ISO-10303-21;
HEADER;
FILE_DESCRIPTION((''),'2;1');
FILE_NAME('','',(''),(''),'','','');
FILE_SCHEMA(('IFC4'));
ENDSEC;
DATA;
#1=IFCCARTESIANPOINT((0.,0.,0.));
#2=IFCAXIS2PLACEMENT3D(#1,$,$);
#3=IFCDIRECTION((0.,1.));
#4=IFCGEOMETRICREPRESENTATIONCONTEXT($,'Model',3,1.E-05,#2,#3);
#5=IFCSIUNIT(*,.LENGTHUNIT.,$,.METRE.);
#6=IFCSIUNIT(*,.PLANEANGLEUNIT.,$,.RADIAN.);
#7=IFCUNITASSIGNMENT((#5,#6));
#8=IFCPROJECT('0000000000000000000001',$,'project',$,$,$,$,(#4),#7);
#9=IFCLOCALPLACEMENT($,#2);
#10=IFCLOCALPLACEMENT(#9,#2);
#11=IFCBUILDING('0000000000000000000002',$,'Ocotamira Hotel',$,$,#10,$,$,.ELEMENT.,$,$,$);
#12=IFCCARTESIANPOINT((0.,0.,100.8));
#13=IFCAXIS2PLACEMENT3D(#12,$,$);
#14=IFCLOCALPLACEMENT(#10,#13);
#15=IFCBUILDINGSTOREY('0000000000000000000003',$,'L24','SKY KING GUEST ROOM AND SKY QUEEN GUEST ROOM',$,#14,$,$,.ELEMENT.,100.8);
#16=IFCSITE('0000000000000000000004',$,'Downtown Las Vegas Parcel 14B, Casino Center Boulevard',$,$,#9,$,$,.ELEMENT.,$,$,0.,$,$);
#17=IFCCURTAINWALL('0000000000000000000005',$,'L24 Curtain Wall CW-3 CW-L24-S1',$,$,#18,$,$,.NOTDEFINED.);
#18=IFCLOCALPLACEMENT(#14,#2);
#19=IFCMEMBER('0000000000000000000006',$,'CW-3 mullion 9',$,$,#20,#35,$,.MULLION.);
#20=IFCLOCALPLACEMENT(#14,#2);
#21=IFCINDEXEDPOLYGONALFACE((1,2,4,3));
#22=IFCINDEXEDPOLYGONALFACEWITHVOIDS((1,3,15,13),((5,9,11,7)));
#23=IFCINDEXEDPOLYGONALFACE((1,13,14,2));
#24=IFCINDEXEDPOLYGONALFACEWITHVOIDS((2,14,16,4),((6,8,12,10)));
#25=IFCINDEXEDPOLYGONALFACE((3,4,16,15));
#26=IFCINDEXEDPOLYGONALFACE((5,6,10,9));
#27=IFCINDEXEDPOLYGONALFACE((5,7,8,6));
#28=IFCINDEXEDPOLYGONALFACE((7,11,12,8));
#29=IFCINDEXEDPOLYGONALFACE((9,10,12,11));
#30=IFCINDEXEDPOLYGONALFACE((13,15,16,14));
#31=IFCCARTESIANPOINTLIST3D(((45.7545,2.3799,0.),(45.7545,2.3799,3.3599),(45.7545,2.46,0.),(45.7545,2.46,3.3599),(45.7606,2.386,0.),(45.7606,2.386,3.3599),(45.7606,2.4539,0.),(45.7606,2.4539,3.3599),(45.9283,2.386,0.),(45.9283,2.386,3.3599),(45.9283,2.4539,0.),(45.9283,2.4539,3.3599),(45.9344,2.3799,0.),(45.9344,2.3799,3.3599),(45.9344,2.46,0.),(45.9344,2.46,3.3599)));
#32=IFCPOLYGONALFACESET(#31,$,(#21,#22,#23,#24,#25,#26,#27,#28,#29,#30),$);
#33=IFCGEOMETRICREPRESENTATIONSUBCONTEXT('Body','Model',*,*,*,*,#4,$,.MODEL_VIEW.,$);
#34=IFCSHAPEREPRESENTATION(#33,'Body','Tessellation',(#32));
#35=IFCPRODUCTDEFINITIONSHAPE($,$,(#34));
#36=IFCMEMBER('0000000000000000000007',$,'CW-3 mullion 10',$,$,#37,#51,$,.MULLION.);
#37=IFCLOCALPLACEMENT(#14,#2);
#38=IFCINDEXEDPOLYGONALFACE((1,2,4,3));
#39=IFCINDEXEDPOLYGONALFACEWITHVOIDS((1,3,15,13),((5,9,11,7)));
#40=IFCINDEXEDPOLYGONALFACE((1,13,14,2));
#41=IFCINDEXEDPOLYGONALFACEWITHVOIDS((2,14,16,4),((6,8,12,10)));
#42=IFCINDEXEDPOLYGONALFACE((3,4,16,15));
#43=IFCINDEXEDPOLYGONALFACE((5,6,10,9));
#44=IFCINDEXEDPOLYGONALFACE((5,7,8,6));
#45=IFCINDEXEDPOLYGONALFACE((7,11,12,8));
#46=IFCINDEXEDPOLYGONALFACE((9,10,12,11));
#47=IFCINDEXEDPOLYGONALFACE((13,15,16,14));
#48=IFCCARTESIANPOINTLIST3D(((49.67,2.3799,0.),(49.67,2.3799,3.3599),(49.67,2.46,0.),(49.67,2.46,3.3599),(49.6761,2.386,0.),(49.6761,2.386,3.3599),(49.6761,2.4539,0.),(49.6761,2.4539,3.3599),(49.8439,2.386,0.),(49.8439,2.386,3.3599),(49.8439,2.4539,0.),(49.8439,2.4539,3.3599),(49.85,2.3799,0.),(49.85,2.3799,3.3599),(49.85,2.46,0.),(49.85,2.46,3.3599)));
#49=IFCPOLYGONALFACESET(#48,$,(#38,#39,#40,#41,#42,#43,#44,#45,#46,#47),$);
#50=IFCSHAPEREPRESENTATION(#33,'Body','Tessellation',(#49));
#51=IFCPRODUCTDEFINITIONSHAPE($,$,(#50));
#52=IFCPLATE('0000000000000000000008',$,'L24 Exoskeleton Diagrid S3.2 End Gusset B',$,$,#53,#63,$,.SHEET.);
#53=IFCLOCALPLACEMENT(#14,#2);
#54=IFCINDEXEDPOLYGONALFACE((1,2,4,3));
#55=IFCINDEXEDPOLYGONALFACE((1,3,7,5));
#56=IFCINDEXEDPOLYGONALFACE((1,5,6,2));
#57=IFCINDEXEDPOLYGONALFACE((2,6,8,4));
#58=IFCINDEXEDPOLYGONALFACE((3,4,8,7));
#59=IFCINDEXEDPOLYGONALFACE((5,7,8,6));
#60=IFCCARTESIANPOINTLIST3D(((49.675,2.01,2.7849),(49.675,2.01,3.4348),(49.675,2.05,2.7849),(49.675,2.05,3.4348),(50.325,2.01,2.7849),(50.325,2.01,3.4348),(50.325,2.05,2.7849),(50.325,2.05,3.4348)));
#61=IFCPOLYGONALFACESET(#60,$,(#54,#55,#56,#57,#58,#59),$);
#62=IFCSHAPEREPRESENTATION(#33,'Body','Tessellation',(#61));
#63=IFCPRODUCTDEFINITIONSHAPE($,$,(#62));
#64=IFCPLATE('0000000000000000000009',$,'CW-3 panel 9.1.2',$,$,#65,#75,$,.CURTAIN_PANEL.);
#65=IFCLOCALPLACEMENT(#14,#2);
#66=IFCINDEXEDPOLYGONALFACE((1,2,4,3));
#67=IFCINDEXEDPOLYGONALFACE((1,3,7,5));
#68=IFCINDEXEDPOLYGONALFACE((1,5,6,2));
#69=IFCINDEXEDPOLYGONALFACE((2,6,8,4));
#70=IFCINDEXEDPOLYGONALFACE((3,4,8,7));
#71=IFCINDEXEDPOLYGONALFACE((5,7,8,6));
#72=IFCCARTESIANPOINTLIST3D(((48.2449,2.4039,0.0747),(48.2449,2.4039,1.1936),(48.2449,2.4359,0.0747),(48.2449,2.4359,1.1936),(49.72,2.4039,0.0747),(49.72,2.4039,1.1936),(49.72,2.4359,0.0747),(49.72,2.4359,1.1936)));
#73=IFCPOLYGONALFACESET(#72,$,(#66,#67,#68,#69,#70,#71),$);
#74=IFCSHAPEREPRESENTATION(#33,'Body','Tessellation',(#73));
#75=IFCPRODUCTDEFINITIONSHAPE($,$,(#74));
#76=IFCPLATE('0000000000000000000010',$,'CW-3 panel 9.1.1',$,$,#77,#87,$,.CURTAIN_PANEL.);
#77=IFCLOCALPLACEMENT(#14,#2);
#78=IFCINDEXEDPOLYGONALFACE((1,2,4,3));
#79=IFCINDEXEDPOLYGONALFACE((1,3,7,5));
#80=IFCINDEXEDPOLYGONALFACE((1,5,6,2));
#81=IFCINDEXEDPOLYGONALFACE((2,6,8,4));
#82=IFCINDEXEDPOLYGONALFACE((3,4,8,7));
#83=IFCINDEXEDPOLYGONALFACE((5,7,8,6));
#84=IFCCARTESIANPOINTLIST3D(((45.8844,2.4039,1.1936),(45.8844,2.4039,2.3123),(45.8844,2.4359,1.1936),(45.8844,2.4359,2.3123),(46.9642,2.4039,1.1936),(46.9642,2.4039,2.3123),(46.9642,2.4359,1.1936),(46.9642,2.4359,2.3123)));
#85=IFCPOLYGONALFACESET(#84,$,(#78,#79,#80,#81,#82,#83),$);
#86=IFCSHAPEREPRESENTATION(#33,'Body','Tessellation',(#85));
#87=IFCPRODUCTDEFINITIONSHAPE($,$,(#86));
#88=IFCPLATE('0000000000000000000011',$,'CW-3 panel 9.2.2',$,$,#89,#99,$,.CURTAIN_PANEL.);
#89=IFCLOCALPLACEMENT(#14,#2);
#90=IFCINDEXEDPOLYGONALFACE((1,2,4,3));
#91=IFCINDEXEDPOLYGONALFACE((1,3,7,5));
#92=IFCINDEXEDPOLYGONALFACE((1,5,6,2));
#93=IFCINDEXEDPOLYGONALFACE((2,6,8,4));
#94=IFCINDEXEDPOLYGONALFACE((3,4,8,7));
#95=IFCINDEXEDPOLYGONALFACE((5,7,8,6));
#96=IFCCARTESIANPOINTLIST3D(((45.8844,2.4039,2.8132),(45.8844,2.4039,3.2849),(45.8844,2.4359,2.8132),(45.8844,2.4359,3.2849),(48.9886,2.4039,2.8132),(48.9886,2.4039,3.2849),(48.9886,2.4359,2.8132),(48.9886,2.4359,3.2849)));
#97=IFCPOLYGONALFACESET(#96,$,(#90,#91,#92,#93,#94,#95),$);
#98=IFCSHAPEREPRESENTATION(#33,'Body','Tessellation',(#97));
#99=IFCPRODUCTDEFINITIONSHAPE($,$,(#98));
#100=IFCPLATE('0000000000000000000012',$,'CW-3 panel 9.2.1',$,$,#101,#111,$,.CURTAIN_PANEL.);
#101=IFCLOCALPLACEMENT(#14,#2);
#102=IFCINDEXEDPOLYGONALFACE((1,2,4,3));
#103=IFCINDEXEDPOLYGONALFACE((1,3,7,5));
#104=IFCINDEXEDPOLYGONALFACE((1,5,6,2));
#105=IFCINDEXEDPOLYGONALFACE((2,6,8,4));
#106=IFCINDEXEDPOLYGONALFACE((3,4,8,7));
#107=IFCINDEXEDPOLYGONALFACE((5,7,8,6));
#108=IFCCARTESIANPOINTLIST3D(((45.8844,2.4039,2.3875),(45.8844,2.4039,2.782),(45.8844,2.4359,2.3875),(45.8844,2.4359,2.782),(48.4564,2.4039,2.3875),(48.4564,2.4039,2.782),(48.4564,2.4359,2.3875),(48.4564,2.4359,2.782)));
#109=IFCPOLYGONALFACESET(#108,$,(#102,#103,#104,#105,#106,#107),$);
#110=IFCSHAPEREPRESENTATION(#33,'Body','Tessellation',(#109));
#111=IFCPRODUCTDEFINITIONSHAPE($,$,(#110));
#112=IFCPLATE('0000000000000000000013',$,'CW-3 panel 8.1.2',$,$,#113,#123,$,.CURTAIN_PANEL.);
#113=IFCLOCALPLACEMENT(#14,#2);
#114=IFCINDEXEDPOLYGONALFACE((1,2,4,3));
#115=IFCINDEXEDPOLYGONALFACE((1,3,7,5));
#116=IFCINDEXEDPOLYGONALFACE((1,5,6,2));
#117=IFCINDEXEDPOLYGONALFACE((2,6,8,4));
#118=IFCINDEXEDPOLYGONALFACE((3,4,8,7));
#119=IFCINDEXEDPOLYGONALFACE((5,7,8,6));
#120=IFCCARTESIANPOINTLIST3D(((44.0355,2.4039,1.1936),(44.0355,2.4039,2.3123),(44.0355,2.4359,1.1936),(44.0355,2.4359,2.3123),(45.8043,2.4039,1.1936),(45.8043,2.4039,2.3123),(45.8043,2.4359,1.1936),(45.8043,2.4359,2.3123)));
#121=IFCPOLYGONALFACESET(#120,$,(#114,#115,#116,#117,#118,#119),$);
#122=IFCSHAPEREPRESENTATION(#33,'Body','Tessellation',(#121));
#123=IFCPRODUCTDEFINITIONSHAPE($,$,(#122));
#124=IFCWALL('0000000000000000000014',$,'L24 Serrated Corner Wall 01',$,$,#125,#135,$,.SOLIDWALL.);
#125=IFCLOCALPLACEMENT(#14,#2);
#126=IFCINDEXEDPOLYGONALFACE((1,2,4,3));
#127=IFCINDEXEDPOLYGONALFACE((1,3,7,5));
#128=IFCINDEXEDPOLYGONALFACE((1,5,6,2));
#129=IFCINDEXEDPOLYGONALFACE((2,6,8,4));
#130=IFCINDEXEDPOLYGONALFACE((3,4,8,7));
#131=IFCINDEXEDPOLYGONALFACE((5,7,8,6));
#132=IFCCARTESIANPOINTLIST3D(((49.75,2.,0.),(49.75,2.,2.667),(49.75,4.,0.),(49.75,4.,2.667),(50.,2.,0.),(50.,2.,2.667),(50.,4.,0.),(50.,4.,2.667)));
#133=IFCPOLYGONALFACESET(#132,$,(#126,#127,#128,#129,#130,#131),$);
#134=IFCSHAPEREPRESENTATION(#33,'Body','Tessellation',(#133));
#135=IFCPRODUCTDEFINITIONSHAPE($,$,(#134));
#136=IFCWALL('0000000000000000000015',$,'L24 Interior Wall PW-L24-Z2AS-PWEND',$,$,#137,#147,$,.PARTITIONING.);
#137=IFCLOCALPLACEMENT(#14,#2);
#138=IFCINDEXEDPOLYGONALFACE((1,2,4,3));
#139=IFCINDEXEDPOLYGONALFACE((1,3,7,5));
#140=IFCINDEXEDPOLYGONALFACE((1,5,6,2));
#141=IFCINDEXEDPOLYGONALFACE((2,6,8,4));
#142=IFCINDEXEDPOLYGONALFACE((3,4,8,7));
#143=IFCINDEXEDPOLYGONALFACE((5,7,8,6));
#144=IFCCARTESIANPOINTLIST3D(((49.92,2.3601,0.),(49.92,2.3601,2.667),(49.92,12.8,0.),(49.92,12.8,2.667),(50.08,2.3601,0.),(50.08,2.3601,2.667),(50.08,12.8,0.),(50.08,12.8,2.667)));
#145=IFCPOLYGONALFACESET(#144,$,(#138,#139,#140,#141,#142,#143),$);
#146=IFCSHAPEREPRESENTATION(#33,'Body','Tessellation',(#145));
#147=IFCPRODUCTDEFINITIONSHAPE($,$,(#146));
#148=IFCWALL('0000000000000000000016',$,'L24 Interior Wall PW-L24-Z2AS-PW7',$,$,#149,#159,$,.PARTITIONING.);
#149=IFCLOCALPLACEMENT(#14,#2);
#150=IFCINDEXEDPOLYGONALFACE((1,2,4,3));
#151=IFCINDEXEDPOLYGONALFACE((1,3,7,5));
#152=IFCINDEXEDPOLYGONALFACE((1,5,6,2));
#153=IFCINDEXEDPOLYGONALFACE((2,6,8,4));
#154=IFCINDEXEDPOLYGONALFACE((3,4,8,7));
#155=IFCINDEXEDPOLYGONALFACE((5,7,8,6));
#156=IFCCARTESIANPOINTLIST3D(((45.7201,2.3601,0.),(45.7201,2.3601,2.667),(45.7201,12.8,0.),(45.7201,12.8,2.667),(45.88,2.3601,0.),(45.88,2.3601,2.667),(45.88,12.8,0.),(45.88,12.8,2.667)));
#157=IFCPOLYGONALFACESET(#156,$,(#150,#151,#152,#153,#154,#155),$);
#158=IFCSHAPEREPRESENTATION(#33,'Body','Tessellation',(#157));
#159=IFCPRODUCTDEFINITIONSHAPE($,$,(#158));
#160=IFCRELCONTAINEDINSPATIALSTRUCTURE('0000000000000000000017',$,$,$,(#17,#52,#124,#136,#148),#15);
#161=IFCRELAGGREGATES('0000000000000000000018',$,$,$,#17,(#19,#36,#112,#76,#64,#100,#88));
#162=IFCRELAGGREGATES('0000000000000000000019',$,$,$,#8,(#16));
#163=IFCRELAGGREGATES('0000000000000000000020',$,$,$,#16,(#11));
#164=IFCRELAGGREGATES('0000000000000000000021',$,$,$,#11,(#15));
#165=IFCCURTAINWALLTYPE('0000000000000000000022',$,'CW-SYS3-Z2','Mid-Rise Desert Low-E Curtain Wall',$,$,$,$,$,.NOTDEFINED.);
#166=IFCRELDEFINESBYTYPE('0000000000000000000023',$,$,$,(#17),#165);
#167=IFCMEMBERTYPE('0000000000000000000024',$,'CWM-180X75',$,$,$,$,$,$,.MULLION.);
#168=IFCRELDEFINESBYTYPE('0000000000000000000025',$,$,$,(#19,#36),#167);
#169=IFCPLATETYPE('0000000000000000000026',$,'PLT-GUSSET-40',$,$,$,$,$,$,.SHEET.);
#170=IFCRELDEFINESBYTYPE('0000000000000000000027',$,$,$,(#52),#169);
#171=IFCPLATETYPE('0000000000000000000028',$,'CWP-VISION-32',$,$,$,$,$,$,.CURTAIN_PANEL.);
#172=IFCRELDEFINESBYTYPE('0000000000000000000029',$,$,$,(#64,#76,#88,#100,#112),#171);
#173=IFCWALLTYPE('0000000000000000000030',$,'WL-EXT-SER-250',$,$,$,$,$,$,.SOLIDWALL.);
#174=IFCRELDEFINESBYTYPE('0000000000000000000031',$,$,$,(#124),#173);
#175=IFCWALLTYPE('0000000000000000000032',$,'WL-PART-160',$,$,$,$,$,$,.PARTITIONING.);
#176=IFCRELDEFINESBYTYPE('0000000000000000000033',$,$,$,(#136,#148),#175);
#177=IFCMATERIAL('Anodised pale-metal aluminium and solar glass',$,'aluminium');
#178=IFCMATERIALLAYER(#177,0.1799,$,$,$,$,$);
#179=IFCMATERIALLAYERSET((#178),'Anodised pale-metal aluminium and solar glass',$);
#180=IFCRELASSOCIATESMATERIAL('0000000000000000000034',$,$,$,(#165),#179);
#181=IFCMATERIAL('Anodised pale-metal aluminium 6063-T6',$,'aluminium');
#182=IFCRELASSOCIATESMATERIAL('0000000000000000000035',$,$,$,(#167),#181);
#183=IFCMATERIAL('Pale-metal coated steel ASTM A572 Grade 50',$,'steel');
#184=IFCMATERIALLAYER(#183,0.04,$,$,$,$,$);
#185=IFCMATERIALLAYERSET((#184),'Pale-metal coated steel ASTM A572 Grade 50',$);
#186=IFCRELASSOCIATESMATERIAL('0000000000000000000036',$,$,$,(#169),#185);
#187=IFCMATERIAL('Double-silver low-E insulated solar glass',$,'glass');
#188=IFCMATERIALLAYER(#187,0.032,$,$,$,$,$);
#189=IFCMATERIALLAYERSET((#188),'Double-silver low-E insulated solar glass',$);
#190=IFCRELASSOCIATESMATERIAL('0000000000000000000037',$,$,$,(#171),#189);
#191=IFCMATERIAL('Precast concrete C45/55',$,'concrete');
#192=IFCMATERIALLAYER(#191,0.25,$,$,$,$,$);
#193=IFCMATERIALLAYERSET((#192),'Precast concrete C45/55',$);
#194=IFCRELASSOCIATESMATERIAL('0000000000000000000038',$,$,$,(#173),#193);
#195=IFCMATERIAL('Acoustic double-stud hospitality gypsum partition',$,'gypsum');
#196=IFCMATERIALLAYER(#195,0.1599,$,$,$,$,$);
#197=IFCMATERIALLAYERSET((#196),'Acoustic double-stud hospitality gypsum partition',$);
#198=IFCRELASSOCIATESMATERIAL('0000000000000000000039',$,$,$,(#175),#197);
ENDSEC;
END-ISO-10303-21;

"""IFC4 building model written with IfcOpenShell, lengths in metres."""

from ifc_helpers import new_model, si_unit, direction, frame, frame_2d, origin, origin_2d, place, context, subcontext, project, spatial, rectangle, hollow_rectangle, extrude, source, transform, mapped, material, layer, layer_set, material_profile, profile_set, type_object, element, aggregate, save


model = new_model("IFC4")

# Units and contexts
model_context = context("Model", 3, precision=1e-05, world=origin(), true_north=direction((0.0, 1.0)))
body_context = subcontext(model_context, "Body", "Model", "MODEL_VIEW")
ifc_project = project(units=[si_unit("LENGTHUNIT", "METRE"), si_unit("PLANEANGLEUNIT", "RADIAN")], contexts=[model_context])

# Site, building, storey
site_placement = place(None, origin())
site = spatial("IfcSite", under=ifc_project, at=site_placement, Name="Downtown Las Vegas Parcel 14B, Casino Center Boulevard", CompositionType="ELEMENT", RefElevation=0.0)
building_placement = place(site_placement, origin())
building = spatial("IfcBuilding", under=site, at=building_placement, Name="Ocotamira Hotel", CompositionType="ELEMENT")
storey_placement = place(building_placement, frame((0.0, 0.0, 100.8)))
storey = spatial("IfcBuildingStorey", under=building, at=storey_placement, Name="L24", Description="SKY KING GUEST ROOM AND SKY QUEEN GUEST ROOM", CompositionType="ELEMENT", Elevation=100.8)

# Curtain wall, members
ifc_material_1 = material(Name="Anodised pale-metal aluminium and solar glass", Category="aluminium")
ifc_layer_1 = layer(ifc_material_1, 0.1799)
ifc_layer_set_1 = layer_set([ifc_layer_1], Name="Anodised pale-metal aluminium and solar glass")
curtain_wall_type = type_object("IfcCurtainWallType", Name="CW-SYS3-Z2", Description="Mid-Rise Desert Low-E Curtain Wall", PredefinedType="NOTDEFINED", material=ifc_layer_set_1)
curtain_wall_placement = place(storey_placement, origin())
curtain_wall = element("IfcCurtainWall", 1, at=curtain_wall_placement, inside=storey, type_object=curtain_wall_type, Name="L24 Curtain Wall CW-3 CW-L24-S1", PredefinedType="NOTDEFINED")
ifc_material_2 = material(Name="Anodised pale-metal aluminium 6063-T6", Category="aluminium")
ifc_material_profile_1 = material_profile(ifc_material_2, hollow_rectangle(XDim=0.0801, YDim=0.1799, WallThickness=0.0061, at=origin_2d()), Name="HSS180X80X6")
ifc_profile_set_1 = profile_set([ifc_material_profile_1], Name="Anodised pale-metal aluminium 6063-T6")
member_type_1 = type_object("IfcMemberType", Name="CWM-180X75", PredefinedType="MULLION", material=ifc_profile_set_1)
shared_shape_1 = source(origin(), body_context, "Body", "SweptSolid", [
    extrude(hollow_rectangle(XDim=0.0801, YDim=0.1799, WallThickness=0.0061, at=origin_2d()), origin(), (0.0, 0.0, 1.0), 3.3599),
])
member_1_placement = place(storey_placement, frame((45.8445, 2.4199, 0.0), z_axis=(0.0, 0.0, 1.0), x_axis=(0.0, 1.0, 0.0)))
member_1 = element("IfcMember", 2, at=member_1_placement, type_object=member_type_1, Name="CW-3 mullion 9", PredefinedType="MULLION", context=body_context, shape_type="MappedRepresentation", body=[
    mapped(shared_shape_1, transform((0.0, 0.0, 0.0), scale=1.0)),
])
member_2_placement = place(storey_placement, frame((49.76, 2.4199, 0.0), z_axis=(0.0, 0.0, 1.0), x_axis=(0.0, 1.0, 0.0)))
member_2 = element("IfcMember", 3, at=member_2_placement, type_object=member_type_1, Name="CW-3 mullion 10", PredefinedType="MULLION", context=body_context, shape_type="MappedRepresentation", body=[
    mapped(shared_shape_1, transform((0.0, 0.0, 0.0), scale=1.0)),
])

# Plates
ifc_material_3 = material(Name="Pale-metal coated steel ASTM A572 Grade 50", Category="steel")
ifc_layer_2 = layer(ifc_material_3, 0.04)
ifc_layer_set_2 = layer_set([ifc_layer_2], Name="Pale-metal coated steel ASTM A572 Grade 50")
plate_type_1 = type_object("IfcPlateType", Name="PLT-GUSSET-40", PredefinedType="SHEET", material=ifc_layer_set_2)
shared_shape_2 = source(origin(), body_context, "Body", "SweptSolid", [
    extrude(rectangle(XDim=0.6499, YDim=0.04, at=origin_2d()), origin(), (0.0, 0.0, 1.0), 0.6499),
])
plate_1_placement = place(storey_placement, frame((50.0, 2.03, 2.7849), z_axis=(0.0, 0.0, 1.0), x_axis=(1.0, 0.0, 0.0)))
element("IfcPlate", 4, at=plate_1_placement, inside=storey, type_object=plate_type_1, Name="L24 Exoskeleton Diagrid S3.2 End Gusset B", PredefinedType="SHEET", context=body_context, shape_type="MappedRepresentation", body=[
    mapped(shared_shape_2, transform((0.0, 0.0, 0.0), scale=1.0)),
])
ifc_material_4 = material(Name="Double-silver low-E insulated solar glass", Category="glass")
ifc_layer_3 = layer(ifc_material_4, 0.032)
ifc_layer_set_3 = layer_set([ifc_layer_3], Name="Double-silver low-E insulated solar glass")
plate_type_2 = type_object("IfcPlateType", Name="CWP-VISION-32", PredefinedType="CURTAIN_PANEL", material=ifc_layer_set_3)
shared_shape_3 = source(origin(), body_context, "Body", "SweptSolid", [
    extrude(rectangle(XDim=1.4751, YDim=0.032, at=origin_2d()), origin(), (0.0, 0.0, 1.0), 1.1189),
])
plate_2_placement = place(storey_placement, frame((48.9824, 2.4199, 0.0747), z_axis=(0.0, 0.0, 1.0), x_axis=(1.0, 0.0, 0.0)))
plate_2 = element("IfcPlate", 5, at=plate_2_placement, type_object=plate_type_2, Name="CW-3 panel 9.1.2", PredefinedType="CURTAIN_PANEL", context=body_context, shape_type="MappedRepresentation", body=[
    mapped(shared_shape_3, transform((0.0, 0.0, 0.0), scale=1.0)),
])
shared_shape_4 = source(origin(), body_context, "Body", "SweptSolid", [
    extrude(rectangle(XDim=1.0798, YDim=0.032, at=origin_2d()), origin(), (0.0, 0.0, 1.0), 1.1187),
])
plate_3_placement = place(storey_placement, frame((46.4243, 2.4199, 1.1936), z_axis=(0.0, 0.0, 1.0), x_axis=(1.0, 0.0, 0.0)))
plate_3 = element("IfcPlate", 6, at=plate_3_placement, type_object=plate_type_2, Name="CW-3 panel 9.1.1", PredefinedType="CURTAIN_PANEL", context=body_context, shape_type="MappedRepresentation", body=[
    mapped(shared_shape_4, transform((0.0, 0.0, 0.0), scale=1.0)),
])
shared_shape_5 = source(origin(), body_context, "Body", "SweptSolid", [
    extrude(rectangle(XDim=3.1042, YDim=0.032, at=origin_2d()), origin(), (0.0, 0.0, 1.0), 0.4717),
])
plate_4_placement = place(storey_placement, frame((47.4365, 2.4199, 2.8132), z_axis=(0.0, 0.0, 1.0), x_axis=(1.0, 0.0, 0.0)))
plate_4 = element("IfcPlate", 7, at=plate_4_placement, type_object=plate_type_2, Name="CW-3 panel 9.2.2", PredefinedType="CURTAIN_PANEL", context=body_context, shape_type="MappedRepresentation", body=[
    mapped(shared_shape_5, transform((0.0, 0.0, 0.0), scale=1.0)),
])
shared_shape_6 = source(origin(), body_context, "Body", "SweptSolid", [
    extrude(rectangle(XDim=2.572, YDim=0.032, at=origin_2d()), origin(), (0.0, 0.0, 1.0), 0.3945),
])
plate_5_placement = place(storey_placement, frame((47.1704, 2.4199, 2.3875), z_axis=(0.0, 0.0, 1.0), x_axis=(1.0, 0.0, 0.0)))
plate_5 = element("IfcPlate", 8, at=plate_5_placement, type_object=plate_type_2, Name="CW-3 panel 9.2.1", PredefinedType="CURTAIN_PANEL", context=body_context, shape_type="MappedRepresentation", body=[
    mapped(shared_shape_6, transform((0.0, 0.0, 0.0), scale=1.0)),
])
shared_shape_7 = source(origin(), body_context, "Body", "SweptSolid", [
    extrude(rectangle(XDim=1.7688, YDim=0.032, at=origin_2d()), origin(), (0.0, 0.0, 1.0), 1.1187),
])
plate_6_placement = place(storey_placement, frame((44.9199, 2.4199, 1.1936), z_axis=(0.0, 0.0, 1.0), x_axis=(1.0, 0.0, 0.0)))
plate_6 = element("IfcPlate", 9, at=plate_6_placement, type_object=plate_type_2, Name="CW-3 panel 8.1.2", PredefinedType="CURTAIN_PANEL", context=body_context, shape_type="MappedRepresentation", body=[
    mapped(shared_shape_7, transform((0.0, 0.0, 0.0), scale=1.0)),
])
aggregate(curtain_wall, [member_1, member_2, plate_6, plate_3, plate_2, plate_5, plate_4])

# Walls
ifc_material_5 = material(Name="Precast concrete C45/55", Category="concrete")
ifc_layer_4 = layer(ifc_material_5, 0.25)
ifc_layer_set_4 = layer_set([ifc_layer_4], Name="Precast concrete C45/55")
wall_type_1 = type_object("IfcWallType", Name="WL-EXT-SER-250", PredefinedType="SOLIDWALL", material=ifc_layer_set_4)
wall_placement = place(storey_placement, frame((49.875, 2.0, 0.0), z_axis=(0.0, 0.0, 1.0), x_axis=(0.0, 1.0, 0.0)))
element("IfcWall", 10, at=wall_placement, inside=storey, type_object=wall_type_1, Name="L24 Serrated Corner Wall 01", PredefinedType="SOLIDWALL", context=body_context, shape_type="SweptSolid", body=[
    extrude(rectangle(XDim=2.0, YDim=0.25, at=frame_2d((1.0, 0.0))), origin(), (0.0, 0.0, 1.0), 2.667),
])
ifc_material_6 = material(Name="Acoustic double-stud hospitality gypsum partition", Category="gypsum")
ifc_layer_5 = layer(ifc_material_6, 0.1599)
ifc_layer_set_5 = layer_set([ifc_layer_5], Name="Acoustic double-stud hospitality gypsum partition")
wall_type_2 = type_object("IfcWallType", Name="WL-PART-160", PredefinedType="PARTITIONING", material=ifc_layer_set_5)
for number, where, z_axis, x_axis, name in (
    (11, (50.0, 2.3601, 0.0), (0.0, 0.0, 1.0), (0.0, 1.0, 0.0), "L24 Interior Wall PW-L24-Z2AS-PWEND"),
    (12, (45.8, 2.3601, 0.0), (0.0, 0.0, 1.0), (0.0, 1.0, 0.0), "L24 Interior Wall PW-L24-Z2AS-PW7"),
):
    element("IfcWall", number, at=place(storey_placement, frame(where, z_axis=z_axis, x_axis=x_axis)), inside=storey, type_object=wall_type_2, Name=name, PredefinedType="PARTITIONING", context=body_context, shape_type="SweptSolid", body=[
        extrude(rectangle(XDim=10.4399, YDim=0.1599, at=frame_2d((5.22, 0.0))), origin(), (0.0, 0.0, 1.0), 2.667),
    ])

save(model, "model.ifc")
